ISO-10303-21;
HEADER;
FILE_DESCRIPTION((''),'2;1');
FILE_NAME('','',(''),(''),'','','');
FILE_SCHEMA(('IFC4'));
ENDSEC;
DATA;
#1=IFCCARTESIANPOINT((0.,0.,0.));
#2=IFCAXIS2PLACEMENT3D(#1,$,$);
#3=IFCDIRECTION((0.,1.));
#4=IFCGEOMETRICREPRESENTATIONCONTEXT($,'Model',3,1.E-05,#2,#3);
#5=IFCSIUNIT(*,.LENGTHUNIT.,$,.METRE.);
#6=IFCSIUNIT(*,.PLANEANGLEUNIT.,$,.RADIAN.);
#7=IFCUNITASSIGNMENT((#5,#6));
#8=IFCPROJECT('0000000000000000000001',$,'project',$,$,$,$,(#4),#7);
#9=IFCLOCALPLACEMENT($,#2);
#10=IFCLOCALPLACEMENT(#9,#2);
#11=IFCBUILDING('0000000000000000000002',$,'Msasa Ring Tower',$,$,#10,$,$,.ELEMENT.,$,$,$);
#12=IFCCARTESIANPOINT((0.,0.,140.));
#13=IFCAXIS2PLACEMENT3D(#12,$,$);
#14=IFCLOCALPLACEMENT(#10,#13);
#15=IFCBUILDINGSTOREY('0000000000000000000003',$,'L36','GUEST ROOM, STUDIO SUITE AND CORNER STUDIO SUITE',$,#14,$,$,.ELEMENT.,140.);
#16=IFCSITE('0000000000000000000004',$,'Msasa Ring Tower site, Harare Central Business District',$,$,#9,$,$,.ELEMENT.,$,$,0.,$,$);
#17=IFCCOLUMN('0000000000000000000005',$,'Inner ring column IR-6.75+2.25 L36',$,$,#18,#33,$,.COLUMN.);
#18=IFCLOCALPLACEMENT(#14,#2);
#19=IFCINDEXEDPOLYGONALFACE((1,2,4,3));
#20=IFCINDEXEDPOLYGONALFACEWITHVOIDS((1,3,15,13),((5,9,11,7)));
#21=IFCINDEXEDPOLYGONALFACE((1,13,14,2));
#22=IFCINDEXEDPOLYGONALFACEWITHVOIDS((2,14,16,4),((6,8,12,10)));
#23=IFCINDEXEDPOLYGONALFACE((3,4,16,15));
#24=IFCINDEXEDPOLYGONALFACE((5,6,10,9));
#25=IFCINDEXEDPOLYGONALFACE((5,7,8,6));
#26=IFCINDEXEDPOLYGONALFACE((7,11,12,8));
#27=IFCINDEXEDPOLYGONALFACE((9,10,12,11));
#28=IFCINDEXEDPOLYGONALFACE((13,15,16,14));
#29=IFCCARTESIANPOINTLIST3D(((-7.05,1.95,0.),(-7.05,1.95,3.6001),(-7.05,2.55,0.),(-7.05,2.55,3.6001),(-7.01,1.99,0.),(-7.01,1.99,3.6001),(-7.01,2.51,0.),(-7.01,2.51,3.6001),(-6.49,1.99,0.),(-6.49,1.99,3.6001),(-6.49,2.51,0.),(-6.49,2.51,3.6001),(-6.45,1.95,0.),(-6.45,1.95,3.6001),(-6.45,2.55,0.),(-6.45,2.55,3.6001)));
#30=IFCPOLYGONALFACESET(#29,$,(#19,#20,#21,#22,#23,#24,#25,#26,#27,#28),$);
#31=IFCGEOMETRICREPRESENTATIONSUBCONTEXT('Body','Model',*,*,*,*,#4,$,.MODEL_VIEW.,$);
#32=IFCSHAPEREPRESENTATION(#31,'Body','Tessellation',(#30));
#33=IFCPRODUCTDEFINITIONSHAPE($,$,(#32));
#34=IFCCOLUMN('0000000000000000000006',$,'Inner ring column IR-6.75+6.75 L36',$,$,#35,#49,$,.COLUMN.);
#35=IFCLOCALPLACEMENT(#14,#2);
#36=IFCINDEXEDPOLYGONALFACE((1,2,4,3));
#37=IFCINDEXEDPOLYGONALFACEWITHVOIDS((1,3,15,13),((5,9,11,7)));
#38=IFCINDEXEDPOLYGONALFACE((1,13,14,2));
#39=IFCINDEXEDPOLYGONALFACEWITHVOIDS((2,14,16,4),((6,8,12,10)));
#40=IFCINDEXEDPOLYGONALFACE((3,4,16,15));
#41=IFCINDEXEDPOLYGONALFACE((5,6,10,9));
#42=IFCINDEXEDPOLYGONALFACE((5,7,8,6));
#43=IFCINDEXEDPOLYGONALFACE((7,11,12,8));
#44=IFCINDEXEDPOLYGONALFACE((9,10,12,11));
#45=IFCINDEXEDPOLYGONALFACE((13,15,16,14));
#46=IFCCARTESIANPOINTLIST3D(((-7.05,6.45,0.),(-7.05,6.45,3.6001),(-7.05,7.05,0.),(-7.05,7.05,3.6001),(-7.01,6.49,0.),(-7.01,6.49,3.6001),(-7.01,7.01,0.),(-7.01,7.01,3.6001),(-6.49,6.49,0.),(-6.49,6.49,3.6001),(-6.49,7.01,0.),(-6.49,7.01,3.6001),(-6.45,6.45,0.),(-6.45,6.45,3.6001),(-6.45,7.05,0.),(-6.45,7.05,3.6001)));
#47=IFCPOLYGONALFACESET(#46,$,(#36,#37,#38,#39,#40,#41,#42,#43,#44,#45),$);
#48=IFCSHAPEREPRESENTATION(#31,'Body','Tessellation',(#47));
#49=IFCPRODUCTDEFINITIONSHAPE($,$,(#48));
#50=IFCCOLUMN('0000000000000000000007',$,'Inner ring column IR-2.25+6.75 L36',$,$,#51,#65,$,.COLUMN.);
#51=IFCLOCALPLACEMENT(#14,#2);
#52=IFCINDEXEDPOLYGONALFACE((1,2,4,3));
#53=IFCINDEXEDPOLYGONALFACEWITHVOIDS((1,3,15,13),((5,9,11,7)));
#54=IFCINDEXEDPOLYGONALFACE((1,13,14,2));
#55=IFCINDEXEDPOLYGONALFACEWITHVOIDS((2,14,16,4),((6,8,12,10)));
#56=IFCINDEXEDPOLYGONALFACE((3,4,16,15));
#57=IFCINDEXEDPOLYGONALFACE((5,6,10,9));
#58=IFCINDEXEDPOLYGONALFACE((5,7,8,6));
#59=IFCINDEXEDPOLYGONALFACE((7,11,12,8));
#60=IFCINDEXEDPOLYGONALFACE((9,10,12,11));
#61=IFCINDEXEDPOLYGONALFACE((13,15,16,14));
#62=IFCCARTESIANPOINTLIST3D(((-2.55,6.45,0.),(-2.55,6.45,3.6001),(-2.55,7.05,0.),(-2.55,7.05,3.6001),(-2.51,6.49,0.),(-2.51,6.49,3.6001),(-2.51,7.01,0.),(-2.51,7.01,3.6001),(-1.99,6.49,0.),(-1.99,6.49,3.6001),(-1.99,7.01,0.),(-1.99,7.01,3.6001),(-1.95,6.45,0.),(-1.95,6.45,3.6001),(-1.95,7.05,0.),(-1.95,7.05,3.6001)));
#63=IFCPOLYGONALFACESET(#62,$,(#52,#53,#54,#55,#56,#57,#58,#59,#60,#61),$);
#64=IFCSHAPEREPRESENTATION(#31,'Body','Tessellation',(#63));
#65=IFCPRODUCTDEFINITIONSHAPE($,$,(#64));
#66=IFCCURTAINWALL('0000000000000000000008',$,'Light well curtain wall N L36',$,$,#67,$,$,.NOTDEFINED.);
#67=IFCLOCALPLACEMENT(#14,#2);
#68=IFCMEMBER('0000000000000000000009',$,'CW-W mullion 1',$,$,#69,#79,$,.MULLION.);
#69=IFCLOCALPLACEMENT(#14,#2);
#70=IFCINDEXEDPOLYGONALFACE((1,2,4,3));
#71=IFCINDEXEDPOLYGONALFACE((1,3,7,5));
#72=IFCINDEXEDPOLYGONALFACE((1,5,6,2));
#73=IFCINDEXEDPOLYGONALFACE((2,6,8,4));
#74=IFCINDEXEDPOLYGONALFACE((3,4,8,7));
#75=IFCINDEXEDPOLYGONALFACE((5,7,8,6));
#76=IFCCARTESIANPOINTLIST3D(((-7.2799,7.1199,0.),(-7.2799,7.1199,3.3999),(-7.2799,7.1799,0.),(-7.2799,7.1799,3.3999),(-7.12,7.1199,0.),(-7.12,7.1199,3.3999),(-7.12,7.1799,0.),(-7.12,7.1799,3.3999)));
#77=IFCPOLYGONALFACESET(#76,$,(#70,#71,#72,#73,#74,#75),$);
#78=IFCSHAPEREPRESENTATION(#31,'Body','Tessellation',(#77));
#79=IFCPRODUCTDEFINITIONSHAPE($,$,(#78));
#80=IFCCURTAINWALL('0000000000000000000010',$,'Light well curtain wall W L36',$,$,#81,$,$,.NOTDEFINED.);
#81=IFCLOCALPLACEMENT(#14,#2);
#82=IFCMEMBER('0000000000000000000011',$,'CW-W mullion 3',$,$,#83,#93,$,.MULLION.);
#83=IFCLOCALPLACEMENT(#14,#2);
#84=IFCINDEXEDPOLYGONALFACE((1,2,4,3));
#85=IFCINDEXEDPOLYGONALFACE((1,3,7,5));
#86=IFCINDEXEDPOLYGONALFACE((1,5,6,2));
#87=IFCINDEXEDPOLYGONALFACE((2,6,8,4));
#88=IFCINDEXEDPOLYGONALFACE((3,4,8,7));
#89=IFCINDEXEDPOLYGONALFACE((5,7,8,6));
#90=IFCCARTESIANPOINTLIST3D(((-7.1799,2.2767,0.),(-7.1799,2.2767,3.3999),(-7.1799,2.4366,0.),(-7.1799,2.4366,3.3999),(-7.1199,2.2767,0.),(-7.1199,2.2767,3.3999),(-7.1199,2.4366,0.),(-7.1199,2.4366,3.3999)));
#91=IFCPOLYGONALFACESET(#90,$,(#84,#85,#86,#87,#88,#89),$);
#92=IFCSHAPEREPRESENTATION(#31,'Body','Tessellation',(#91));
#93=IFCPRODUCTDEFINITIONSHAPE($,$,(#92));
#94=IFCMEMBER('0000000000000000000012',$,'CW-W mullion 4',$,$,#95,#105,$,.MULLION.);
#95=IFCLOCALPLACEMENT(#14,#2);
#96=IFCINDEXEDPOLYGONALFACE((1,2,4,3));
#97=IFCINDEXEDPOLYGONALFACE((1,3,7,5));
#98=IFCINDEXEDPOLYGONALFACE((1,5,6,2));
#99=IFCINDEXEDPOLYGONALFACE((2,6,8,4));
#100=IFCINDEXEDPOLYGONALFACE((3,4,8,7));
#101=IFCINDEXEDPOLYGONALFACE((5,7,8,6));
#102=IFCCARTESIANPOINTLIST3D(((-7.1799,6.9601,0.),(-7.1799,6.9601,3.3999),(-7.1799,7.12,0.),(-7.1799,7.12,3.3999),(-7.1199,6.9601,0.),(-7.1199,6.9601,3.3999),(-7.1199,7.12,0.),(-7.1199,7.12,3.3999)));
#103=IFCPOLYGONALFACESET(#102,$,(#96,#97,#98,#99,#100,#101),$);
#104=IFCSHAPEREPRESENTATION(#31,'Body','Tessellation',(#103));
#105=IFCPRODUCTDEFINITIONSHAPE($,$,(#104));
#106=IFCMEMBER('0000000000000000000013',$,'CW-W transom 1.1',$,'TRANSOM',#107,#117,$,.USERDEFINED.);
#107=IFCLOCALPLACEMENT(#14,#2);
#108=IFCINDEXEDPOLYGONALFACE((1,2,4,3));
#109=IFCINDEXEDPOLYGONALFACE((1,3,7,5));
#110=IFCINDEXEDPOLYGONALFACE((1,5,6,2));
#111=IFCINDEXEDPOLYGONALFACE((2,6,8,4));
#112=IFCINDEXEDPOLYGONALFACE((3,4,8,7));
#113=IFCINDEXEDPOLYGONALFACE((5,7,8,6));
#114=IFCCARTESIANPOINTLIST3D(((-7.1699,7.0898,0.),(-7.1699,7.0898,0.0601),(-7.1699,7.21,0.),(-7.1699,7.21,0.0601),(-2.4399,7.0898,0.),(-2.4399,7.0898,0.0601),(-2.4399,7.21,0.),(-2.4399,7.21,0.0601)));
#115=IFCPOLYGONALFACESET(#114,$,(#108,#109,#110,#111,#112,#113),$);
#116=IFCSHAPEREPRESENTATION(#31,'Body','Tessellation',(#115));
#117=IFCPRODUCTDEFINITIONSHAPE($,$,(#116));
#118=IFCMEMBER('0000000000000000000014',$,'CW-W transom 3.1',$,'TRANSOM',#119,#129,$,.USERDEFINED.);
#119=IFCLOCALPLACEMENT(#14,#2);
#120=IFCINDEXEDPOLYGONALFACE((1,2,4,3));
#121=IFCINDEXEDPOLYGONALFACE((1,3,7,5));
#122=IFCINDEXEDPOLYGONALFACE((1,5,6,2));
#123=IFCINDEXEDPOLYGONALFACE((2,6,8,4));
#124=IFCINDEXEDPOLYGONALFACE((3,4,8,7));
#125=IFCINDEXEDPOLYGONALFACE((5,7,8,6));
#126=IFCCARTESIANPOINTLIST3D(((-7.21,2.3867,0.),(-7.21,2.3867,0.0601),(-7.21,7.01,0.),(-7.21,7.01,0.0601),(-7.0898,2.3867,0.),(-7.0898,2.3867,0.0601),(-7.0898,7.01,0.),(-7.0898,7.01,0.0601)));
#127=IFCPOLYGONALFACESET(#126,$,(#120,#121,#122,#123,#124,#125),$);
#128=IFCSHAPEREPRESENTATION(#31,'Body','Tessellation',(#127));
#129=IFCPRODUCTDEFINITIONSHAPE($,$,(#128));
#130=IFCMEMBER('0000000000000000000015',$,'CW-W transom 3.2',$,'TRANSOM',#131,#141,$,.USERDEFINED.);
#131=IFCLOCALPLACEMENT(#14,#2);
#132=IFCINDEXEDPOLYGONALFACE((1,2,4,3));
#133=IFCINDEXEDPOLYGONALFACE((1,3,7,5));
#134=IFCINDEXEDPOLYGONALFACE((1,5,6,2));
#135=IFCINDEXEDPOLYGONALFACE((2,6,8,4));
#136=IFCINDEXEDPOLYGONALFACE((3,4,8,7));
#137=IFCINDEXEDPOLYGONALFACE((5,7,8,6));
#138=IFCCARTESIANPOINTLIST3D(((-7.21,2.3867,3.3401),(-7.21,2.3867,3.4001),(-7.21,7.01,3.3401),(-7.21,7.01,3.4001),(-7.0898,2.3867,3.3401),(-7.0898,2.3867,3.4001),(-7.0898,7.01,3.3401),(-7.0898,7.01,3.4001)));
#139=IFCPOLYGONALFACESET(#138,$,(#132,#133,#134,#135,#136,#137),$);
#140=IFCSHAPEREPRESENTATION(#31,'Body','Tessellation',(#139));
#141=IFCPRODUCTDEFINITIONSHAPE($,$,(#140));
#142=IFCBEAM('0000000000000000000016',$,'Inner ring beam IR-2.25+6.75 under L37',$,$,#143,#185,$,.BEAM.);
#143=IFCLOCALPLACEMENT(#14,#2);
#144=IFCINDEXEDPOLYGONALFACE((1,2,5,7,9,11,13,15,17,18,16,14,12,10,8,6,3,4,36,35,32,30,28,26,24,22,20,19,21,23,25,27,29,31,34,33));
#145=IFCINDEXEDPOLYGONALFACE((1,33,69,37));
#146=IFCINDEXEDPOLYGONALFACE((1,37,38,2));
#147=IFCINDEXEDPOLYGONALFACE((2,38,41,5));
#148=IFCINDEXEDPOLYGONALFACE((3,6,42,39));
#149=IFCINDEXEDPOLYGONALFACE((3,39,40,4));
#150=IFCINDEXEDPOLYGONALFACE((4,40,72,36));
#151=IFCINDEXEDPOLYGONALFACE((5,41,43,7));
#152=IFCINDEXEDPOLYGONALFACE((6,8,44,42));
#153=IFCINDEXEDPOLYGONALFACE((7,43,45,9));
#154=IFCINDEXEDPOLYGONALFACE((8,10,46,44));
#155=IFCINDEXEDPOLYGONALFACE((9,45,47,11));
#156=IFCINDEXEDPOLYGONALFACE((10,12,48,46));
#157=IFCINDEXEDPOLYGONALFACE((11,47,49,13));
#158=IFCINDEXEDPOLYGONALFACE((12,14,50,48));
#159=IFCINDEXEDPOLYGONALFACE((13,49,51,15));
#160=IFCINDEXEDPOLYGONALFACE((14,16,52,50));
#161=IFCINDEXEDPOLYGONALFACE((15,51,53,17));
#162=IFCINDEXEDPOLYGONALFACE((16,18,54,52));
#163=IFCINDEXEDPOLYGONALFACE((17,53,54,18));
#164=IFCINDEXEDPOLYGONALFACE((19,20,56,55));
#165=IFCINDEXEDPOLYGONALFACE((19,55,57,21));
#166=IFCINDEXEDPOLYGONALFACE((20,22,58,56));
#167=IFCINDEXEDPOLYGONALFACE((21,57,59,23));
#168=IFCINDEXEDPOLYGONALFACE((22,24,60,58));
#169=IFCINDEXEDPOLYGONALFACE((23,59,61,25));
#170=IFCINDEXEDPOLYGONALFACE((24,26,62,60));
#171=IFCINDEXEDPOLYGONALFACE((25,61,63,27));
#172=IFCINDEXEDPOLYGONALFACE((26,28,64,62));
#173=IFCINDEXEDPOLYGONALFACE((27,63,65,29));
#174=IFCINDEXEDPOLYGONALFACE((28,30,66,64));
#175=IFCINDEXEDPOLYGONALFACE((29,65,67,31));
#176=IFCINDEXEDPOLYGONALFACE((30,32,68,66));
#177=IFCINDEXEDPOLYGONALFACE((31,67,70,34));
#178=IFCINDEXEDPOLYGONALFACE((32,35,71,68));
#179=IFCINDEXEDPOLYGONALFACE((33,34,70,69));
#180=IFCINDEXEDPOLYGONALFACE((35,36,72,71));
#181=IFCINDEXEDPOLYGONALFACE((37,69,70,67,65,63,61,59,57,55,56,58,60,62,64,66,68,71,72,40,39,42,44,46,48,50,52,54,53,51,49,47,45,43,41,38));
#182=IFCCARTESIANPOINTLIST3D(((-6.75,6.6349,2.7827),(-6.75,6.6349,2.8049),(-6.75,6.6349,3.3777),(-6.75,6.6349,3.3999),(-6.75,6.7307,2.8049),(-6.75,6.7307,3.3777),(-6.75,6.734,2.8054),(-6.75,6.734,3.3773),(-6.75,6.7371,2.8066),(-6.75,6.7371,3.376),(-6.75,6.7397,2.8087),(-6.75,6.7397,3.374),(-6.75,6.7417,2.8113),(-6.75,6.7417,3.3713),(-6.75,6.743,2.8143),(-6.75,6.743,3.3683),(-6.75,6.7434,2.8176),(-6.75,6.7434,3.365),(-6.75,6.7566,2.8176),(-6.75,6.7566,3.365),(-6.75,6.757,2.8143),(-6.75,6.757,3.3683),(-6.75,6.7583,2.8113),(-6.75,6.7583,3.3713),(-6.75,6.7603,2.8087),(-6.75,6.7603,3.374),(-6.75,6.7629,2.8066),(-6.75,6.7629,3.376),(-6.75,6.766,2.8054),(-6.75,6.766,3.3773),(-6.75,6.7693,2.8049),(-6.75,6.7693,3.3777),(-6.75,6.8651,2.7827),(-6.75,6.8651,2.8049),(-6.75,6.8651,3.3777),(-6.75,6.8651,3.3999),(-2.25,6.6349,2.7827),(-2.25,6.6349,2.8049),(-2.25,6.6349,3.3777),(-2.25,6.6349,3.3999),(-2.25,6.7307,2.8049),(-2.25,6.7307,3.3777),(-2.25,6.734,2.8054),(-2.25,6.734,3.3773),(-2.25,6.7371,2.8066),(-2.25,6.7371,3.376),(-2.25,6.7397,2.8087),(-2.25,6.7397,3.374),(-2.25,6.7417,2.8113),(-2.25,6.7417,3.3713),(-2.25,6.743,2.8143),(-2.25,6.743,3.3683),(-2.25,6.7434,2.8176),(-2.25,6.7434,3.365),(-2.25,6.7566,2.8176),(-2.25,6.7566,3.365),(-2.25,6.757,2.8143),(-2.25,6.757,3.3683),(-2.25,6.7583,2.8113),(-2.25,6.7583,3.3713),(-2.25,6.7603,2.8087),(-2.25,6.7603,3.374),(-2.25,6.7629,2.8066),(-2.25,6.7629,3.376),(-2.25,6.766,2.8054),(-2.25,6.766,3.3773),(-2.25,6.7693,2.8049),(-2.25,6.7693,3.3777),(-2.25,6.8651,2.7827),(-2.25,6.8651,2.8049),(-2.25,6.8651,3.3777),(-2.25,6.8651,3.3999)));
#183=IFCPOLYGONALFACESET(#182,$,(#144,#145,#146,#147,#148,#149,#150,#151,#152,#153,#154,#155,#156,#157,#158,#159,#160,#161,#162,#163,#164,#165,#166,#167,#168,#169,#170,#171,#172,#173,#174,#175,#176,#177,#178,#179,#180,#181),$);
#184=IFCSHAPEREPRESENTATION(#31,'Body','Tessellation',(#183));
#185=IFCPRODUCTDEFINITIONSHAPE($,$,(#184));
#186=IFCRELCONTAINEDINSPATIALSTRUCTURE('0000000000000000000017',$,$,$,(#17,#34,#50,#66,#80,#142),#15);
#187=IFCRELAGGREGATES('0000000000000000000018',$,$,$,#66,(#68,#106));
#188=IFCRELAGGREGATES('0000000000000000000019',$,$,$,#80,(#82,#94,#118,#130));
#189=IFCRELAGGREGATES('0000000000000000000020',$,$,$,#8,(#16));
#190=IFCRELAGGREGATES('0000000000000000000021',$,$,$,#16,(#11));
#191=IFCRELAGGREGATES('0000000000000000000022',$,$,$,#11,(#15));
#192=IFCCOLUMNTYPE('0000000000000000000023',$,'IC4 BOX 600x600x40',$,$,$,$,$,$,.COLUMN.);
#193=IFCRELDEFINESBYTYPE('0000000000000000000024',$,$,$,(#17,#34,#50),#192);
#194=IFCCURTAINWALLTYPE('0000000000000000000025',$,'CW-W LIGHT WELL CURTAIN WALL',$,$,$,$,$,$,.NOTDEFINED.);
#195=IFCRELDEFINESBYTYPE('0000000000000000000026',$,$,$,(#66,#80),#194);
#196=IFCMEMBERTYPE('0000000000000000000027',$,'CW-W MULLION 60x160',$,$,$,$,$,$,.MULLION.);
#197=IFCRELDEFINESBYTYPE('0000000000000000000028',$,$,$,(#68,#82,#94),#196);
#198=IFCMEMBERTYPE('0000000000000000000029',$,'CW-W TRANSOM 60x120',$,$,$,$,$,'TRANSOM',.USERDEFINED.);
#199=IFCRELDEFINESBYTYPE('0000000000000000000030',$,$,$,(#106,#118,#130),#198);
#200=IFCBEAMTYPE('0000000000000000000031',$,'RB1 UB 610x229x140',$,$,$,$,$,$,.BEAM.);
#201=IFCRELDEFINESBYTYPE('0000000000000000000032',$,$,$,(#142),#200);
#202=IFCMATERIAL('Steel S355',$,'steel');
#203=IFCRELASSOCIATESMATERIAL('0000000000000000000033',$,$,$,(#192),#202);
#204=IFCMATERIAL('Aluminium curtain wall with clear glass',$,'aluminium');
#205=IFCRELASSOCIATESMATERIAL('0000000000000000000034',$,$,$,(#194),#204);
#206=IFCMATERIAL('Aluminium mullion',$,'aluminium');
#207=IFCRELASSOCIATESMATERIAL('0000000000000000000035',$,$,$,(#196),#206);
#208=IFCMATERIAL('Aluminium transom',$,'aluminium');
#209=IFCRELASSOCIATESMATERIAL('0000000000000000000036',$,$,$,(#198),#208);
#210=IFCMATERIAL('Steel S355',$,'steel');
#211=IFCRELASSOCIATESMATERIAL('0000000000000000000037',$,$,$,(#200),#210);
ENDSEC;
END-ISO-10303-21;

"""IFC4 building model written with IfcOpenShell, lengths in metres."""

from ifc_helpers import new_model, si_unit, direction, frame, origin, origin_2d, place, context, subcontext, project, spatial, rectangle, hollow_rectangle, i_section, extrude, material, material_profile, profile_set, type_object, element, aggregate, save


model = new_model("IFC4")

# Units and contexts
model_context = context("Model", 3, precision=1e-05, world=origin(), true_north=direction((0.0, 1.0)))
body_context = subcontext(model_context, "Body", "Model", "MODEL_VIEW")
ifc_project = project(units=[si_unit("LENGTHUNIT", "METRE"), si_unit("PLANEANGLEUNIT", "RADIAN")], contexts=[model_context])

# Site, building, storey
site_placement = place(None, origin())
site = spatial("IfcSite", under=ifc_project, at=site_placement, Name="Msasa Ring Tower site, Harare Central Business District", CompositionType="ELEMENT", RefElevation=0.0)
building_placement = place(site_placement, origin())
building = spatial("IfcBuilding", under=site, at=building_placement, Name="Msasa Ring Tower", CompositionType="ELEMENT")
storey_placement = place(building_placement, frame((0.0, 0.0, 140.0)))
storey = spatial("IfcBuildingStorey", under=building, at=storey_placement, Name="L36", Description="GUEST ROOM, STUDIO SUITE AND CORNER STUDIO SUITE", CompositionType="ELEMENT", Elevation=140.0)

# Columns
ifc_material_1 = material(Name="Steel S355", Category="steel")
ifc_material_profile_1 = material_profile(ifc_material_1, hollow_rectangle(XDim=0.6001, YDim=0.6001, WallThickness=0.04, at=origin_2d()), Name="BOX 600x600x40")
ifc_profile_set_1 = profile_set([ifc_material_profile_1], Name="Steel S355")
column_type = type_object("IfcColumnType", Name="IC4 BOX 600x600x40", PredefinedType="COLUMN", material=ifc_profile_set_1)
for number, where, z_axis, x_axis, name in (
    (1, (-6.75, 2.25, 0.0), (0.0, 0.0, 1.0), (1.0, 0.0, 0.0), "Inner ring column IR-6.75+2.25 L36"),
    (2, (-6.75, 6.75, 0.0), (0.0, 0.0, 1.0), (1.0, 0.0, 0.0), "Inner ring column IR-6.75+6.75 L36"),
    (3, (-2.25, 6.75, 0.0), (0.0, 0.0, 1.0), (1.0, 0.0, 0.0), "Inner ring column IR-2.25+6.75 L36"),
):
    element("IfcColumn", number, at=place(storey_placement, frame(where, z_axis=z_axis, x_axis=x_axis)), inside=storey, type_object=column_type, Name=name, PredefinedType="COLUMN", context=body_context, shape_type="SweptSolid", body=[
        extrude(hollow_rectangle(XDim=0.6001, YDim=0.6001, WallThickness=0.04, at=origin_2d()), origin(), (0.0, 0.0, 1.0), 3.6001),
    ])

# Curtain wall, member
ifc_material_2 = material(Name="Aluminium curtain wall with clear glass", Category="aluminium")
curtain_wall_type = type_object("IfcCurtainWallType", Name="CW-W LIGHT WELL CURTAIN WALL", PredefinedType="NOTDEFINED", material=ifc_material_2)
curtain_wall_1_placement = place(storey_placement, origin())
curtain_wall_1 = element("IfcCurtainWall", 4, at=curtain_wall_1_placement, inside=storey, type_object=curtain_wall_type, Name="Light well curtain wall N L36", PredefinedType="NOTDEFINED")
ifc_material_3 = material(Name="Aluminium mullion", Category="aluminium")
ifc_material_profile_2 = material_profile(ifc_material_3, rectangle(XDim=0.0601, YDim=0.1599, at=origin_2d()), Name="AL 60x160")
ifc_profile_set_2 = profile_set([ifc_material_profile_2], Name="Aluminium mullion")
member_type_1 = type_object("IfcMemberType", Name="CW-W MULLION 60x160", PredefinedType="MULLION", material=ifc_profile_set_2)
member_1_placement = place(storey_placement, frame((-7.2, 7.1499, 0.0), z_axis=(0.0, 0.0, 1.0), x_axis=(0.0, 1.0, 0.0)))
member_1 = element("IfcMember", 5, at=member_1_placement, type_object=member_type_1, Name="CW-W mullion 1", PredefinedType="MULLION", context=body_context, shape_type="SweptSolid", body=[
    extrude(rectangle(XDim=0.0601, YDim=0.1599, at=origin_2d()), origin(), (0.0, 0.0, 1.0), 3.3999),
])

# Curtain wall, members
curtain_wall_2_placement = place(storey_placement, origin())
curtain_wall_2 = element("IfcCurtainWall", 6, at=curtain_wall_2_placement, inside=storey, type_object=curtain_wall_type, Name="Light well curtain wall W L36", PredefinedType="NOTDEFINED")
member_2_placement = place(storey_placement, frame((-7.1499, 2.3567, 0.0), z_axis=(0.0, 0.0, 1.0), x_axis=(-1.0, 0.0, 0.0)))
member_2 = element("IfcMember", 7, at=member_2_placement, type_object=member_type_1, Name="CW-W mullion 3", PredefinedType="MULLION", context=body_context, shape_type="SweptSolid", body=[
    extrude(rectangle(XDim=0.0601, YDim=0.1599, at=origin_2d()), origin(), (0.0, 0.0, 1.0), 3.3999),
])
member_3_placement = place(storey_placement, frame((-7.1499, 7.04, 0.0), z_axis=(0.0, 0.0, 1.0), x_axis=(-1.0, 0.0, 0.0)))
member_3 = element("IfcMember", 8, at=member_3_placement, type_object=member_type_1, Name="CW-W mullion 4", PredefinedType="MULLION", context=body_context, shape_type="SweptSolid", body=[
    extrude(rectangle(XDim=0.0601, YDim=0.1599, at=origin_2d()), origin(), (0.0, 0.0, 1.0), 3.3999),
])

# Members
ifc_material_4 = material(Name="Aluminium transom", Category="aluminium")
ifc_material_profile_3 = material_profile(ifc_material_4, rectangle(XDim=0.1201, YDim=0.0601, at=origin_2d()), Name="AL 60x120")
ifc_profile_set_3 = profile_set([ifc_material_profile_3], Name="Aluminium transom")
member_type_2 = type_object("IfcMemberType", Name="CW-W TRANSOM 60x120", ElementType="TRANSOM", PredefinedType="USERDEFINED", material=ifc_profile_set_3)
member_4_placement = place(storey_placement, frame((-7.1699, 7.1499, 0.03), z_axis=(1.0, 0.0, 0.0), x_axis=(0.0, 1.0, 0.0)))
member_4 = element("IfcMember", 9, at=member_4_placement, type_object=member_type_2, Name="CW-W transom 1.1", ObjectType="TRANSOM", PredefinedType="USERDEFINED", context=body_context, shape_type="SweptSolid", body=[
    extrude(rectangle(XDim=0.1201, YDim=0.0601, at=origin_2d()), origin(), (0.0, 0.0, 1.0), 4.73),
])
aggregate(curtain_wall_1, [member_1, member_4])
member_5_placement = place(storey_placement, frame((-7.1499, 2.3867, 0.03), z_axis=(0.0, 1.0, 0.0), x_axis=(-1.0, 0.0, 0.0)))
member_5 = element("IfcMember", 10, at=member_5_placement, type_object=member_type_2, Name="CW-W transom 3.1", ObjectType="TRANSOM", PredefinedType="USERDEFINED", context=body_context, shape_type="SweptSolid", body=[
    extrude(rectangle(XDim=0.1201, YDim=0.0601, at=origin_2d()), origin(), (0.0, 0.0, 1.0), 4.6233),
])
member_6_placement = place(storey_placement, frame((-7.1499, 2.3867, 3.3701), z_axis=(0.0, 1.0, 0.0), x_axis=(-1.0, 0.0, 0.0)))
member_6 = element("IfcMember", 11, at=member_6_placement, type_object=member_type_2, Name="CW-W transom 3.2", ObjectType="TRANSOM", PredefinedType="USERDEFINED", context=body_context, shape_type="SweptSolid", body=[
    extrude(rectangle(XDim=0.1201, YDim=0.0601, at=origin_2d()), origin(), (0.0, 0.0, 1.0), 4.6233),
])

# Beam
ifc_material_5 = material(Name="Steel S355", Category="steel")
ifc_material_profile_4 = material_profile(ifc_material_5, i_section(OverallWidth=0.2302, OverallDepth=0.6172, WebThickness=0.0132, FlangeThickness=0.0222, FilletRadius=0.0127, at=origin_2d()), Name="UB 610x229x140")
ifc_profile_set_4 = profile_set([ifc_material_profile_4], Name="Steel S355")
beam_type = type_object("IfcBeamType", Name="RB1 UB 610x229x140", PredefinedType="BEAM", material=ifc_profile_set_4)
for number, where, z_axis, x_axis, name in (
    (12, (-2.25, 6.75, 3.0913), (-1.0, 0.0, 0.0), (0.0, -1.0, 0.0), "Inner ring beam IR-2.25+6.75 under L37"),
):
    element("IfcBeam", number, at=place(storey_placement, frame(where, z_axis=z_axis, x_axis=x_axis)), inside=storey, type_object=beam_type, Name=name, PredefinedType="BEAM", context=body_context, shape_type="SweptSolid", body=[
        extrude(i_section(OverallWidth=0.2302, OverallDepth=0.6172, WebThickness=0.0132, FlangeThickness=0.0222, FilletRadius=0.0127, at=origin_2d()), origin(), (0.0, 0.0, 1.0), 4.5),
    ])

aggregate(curtain_wall_2, [member_2, member_3, member_5, member_6])

save(model, "model.ifc")
